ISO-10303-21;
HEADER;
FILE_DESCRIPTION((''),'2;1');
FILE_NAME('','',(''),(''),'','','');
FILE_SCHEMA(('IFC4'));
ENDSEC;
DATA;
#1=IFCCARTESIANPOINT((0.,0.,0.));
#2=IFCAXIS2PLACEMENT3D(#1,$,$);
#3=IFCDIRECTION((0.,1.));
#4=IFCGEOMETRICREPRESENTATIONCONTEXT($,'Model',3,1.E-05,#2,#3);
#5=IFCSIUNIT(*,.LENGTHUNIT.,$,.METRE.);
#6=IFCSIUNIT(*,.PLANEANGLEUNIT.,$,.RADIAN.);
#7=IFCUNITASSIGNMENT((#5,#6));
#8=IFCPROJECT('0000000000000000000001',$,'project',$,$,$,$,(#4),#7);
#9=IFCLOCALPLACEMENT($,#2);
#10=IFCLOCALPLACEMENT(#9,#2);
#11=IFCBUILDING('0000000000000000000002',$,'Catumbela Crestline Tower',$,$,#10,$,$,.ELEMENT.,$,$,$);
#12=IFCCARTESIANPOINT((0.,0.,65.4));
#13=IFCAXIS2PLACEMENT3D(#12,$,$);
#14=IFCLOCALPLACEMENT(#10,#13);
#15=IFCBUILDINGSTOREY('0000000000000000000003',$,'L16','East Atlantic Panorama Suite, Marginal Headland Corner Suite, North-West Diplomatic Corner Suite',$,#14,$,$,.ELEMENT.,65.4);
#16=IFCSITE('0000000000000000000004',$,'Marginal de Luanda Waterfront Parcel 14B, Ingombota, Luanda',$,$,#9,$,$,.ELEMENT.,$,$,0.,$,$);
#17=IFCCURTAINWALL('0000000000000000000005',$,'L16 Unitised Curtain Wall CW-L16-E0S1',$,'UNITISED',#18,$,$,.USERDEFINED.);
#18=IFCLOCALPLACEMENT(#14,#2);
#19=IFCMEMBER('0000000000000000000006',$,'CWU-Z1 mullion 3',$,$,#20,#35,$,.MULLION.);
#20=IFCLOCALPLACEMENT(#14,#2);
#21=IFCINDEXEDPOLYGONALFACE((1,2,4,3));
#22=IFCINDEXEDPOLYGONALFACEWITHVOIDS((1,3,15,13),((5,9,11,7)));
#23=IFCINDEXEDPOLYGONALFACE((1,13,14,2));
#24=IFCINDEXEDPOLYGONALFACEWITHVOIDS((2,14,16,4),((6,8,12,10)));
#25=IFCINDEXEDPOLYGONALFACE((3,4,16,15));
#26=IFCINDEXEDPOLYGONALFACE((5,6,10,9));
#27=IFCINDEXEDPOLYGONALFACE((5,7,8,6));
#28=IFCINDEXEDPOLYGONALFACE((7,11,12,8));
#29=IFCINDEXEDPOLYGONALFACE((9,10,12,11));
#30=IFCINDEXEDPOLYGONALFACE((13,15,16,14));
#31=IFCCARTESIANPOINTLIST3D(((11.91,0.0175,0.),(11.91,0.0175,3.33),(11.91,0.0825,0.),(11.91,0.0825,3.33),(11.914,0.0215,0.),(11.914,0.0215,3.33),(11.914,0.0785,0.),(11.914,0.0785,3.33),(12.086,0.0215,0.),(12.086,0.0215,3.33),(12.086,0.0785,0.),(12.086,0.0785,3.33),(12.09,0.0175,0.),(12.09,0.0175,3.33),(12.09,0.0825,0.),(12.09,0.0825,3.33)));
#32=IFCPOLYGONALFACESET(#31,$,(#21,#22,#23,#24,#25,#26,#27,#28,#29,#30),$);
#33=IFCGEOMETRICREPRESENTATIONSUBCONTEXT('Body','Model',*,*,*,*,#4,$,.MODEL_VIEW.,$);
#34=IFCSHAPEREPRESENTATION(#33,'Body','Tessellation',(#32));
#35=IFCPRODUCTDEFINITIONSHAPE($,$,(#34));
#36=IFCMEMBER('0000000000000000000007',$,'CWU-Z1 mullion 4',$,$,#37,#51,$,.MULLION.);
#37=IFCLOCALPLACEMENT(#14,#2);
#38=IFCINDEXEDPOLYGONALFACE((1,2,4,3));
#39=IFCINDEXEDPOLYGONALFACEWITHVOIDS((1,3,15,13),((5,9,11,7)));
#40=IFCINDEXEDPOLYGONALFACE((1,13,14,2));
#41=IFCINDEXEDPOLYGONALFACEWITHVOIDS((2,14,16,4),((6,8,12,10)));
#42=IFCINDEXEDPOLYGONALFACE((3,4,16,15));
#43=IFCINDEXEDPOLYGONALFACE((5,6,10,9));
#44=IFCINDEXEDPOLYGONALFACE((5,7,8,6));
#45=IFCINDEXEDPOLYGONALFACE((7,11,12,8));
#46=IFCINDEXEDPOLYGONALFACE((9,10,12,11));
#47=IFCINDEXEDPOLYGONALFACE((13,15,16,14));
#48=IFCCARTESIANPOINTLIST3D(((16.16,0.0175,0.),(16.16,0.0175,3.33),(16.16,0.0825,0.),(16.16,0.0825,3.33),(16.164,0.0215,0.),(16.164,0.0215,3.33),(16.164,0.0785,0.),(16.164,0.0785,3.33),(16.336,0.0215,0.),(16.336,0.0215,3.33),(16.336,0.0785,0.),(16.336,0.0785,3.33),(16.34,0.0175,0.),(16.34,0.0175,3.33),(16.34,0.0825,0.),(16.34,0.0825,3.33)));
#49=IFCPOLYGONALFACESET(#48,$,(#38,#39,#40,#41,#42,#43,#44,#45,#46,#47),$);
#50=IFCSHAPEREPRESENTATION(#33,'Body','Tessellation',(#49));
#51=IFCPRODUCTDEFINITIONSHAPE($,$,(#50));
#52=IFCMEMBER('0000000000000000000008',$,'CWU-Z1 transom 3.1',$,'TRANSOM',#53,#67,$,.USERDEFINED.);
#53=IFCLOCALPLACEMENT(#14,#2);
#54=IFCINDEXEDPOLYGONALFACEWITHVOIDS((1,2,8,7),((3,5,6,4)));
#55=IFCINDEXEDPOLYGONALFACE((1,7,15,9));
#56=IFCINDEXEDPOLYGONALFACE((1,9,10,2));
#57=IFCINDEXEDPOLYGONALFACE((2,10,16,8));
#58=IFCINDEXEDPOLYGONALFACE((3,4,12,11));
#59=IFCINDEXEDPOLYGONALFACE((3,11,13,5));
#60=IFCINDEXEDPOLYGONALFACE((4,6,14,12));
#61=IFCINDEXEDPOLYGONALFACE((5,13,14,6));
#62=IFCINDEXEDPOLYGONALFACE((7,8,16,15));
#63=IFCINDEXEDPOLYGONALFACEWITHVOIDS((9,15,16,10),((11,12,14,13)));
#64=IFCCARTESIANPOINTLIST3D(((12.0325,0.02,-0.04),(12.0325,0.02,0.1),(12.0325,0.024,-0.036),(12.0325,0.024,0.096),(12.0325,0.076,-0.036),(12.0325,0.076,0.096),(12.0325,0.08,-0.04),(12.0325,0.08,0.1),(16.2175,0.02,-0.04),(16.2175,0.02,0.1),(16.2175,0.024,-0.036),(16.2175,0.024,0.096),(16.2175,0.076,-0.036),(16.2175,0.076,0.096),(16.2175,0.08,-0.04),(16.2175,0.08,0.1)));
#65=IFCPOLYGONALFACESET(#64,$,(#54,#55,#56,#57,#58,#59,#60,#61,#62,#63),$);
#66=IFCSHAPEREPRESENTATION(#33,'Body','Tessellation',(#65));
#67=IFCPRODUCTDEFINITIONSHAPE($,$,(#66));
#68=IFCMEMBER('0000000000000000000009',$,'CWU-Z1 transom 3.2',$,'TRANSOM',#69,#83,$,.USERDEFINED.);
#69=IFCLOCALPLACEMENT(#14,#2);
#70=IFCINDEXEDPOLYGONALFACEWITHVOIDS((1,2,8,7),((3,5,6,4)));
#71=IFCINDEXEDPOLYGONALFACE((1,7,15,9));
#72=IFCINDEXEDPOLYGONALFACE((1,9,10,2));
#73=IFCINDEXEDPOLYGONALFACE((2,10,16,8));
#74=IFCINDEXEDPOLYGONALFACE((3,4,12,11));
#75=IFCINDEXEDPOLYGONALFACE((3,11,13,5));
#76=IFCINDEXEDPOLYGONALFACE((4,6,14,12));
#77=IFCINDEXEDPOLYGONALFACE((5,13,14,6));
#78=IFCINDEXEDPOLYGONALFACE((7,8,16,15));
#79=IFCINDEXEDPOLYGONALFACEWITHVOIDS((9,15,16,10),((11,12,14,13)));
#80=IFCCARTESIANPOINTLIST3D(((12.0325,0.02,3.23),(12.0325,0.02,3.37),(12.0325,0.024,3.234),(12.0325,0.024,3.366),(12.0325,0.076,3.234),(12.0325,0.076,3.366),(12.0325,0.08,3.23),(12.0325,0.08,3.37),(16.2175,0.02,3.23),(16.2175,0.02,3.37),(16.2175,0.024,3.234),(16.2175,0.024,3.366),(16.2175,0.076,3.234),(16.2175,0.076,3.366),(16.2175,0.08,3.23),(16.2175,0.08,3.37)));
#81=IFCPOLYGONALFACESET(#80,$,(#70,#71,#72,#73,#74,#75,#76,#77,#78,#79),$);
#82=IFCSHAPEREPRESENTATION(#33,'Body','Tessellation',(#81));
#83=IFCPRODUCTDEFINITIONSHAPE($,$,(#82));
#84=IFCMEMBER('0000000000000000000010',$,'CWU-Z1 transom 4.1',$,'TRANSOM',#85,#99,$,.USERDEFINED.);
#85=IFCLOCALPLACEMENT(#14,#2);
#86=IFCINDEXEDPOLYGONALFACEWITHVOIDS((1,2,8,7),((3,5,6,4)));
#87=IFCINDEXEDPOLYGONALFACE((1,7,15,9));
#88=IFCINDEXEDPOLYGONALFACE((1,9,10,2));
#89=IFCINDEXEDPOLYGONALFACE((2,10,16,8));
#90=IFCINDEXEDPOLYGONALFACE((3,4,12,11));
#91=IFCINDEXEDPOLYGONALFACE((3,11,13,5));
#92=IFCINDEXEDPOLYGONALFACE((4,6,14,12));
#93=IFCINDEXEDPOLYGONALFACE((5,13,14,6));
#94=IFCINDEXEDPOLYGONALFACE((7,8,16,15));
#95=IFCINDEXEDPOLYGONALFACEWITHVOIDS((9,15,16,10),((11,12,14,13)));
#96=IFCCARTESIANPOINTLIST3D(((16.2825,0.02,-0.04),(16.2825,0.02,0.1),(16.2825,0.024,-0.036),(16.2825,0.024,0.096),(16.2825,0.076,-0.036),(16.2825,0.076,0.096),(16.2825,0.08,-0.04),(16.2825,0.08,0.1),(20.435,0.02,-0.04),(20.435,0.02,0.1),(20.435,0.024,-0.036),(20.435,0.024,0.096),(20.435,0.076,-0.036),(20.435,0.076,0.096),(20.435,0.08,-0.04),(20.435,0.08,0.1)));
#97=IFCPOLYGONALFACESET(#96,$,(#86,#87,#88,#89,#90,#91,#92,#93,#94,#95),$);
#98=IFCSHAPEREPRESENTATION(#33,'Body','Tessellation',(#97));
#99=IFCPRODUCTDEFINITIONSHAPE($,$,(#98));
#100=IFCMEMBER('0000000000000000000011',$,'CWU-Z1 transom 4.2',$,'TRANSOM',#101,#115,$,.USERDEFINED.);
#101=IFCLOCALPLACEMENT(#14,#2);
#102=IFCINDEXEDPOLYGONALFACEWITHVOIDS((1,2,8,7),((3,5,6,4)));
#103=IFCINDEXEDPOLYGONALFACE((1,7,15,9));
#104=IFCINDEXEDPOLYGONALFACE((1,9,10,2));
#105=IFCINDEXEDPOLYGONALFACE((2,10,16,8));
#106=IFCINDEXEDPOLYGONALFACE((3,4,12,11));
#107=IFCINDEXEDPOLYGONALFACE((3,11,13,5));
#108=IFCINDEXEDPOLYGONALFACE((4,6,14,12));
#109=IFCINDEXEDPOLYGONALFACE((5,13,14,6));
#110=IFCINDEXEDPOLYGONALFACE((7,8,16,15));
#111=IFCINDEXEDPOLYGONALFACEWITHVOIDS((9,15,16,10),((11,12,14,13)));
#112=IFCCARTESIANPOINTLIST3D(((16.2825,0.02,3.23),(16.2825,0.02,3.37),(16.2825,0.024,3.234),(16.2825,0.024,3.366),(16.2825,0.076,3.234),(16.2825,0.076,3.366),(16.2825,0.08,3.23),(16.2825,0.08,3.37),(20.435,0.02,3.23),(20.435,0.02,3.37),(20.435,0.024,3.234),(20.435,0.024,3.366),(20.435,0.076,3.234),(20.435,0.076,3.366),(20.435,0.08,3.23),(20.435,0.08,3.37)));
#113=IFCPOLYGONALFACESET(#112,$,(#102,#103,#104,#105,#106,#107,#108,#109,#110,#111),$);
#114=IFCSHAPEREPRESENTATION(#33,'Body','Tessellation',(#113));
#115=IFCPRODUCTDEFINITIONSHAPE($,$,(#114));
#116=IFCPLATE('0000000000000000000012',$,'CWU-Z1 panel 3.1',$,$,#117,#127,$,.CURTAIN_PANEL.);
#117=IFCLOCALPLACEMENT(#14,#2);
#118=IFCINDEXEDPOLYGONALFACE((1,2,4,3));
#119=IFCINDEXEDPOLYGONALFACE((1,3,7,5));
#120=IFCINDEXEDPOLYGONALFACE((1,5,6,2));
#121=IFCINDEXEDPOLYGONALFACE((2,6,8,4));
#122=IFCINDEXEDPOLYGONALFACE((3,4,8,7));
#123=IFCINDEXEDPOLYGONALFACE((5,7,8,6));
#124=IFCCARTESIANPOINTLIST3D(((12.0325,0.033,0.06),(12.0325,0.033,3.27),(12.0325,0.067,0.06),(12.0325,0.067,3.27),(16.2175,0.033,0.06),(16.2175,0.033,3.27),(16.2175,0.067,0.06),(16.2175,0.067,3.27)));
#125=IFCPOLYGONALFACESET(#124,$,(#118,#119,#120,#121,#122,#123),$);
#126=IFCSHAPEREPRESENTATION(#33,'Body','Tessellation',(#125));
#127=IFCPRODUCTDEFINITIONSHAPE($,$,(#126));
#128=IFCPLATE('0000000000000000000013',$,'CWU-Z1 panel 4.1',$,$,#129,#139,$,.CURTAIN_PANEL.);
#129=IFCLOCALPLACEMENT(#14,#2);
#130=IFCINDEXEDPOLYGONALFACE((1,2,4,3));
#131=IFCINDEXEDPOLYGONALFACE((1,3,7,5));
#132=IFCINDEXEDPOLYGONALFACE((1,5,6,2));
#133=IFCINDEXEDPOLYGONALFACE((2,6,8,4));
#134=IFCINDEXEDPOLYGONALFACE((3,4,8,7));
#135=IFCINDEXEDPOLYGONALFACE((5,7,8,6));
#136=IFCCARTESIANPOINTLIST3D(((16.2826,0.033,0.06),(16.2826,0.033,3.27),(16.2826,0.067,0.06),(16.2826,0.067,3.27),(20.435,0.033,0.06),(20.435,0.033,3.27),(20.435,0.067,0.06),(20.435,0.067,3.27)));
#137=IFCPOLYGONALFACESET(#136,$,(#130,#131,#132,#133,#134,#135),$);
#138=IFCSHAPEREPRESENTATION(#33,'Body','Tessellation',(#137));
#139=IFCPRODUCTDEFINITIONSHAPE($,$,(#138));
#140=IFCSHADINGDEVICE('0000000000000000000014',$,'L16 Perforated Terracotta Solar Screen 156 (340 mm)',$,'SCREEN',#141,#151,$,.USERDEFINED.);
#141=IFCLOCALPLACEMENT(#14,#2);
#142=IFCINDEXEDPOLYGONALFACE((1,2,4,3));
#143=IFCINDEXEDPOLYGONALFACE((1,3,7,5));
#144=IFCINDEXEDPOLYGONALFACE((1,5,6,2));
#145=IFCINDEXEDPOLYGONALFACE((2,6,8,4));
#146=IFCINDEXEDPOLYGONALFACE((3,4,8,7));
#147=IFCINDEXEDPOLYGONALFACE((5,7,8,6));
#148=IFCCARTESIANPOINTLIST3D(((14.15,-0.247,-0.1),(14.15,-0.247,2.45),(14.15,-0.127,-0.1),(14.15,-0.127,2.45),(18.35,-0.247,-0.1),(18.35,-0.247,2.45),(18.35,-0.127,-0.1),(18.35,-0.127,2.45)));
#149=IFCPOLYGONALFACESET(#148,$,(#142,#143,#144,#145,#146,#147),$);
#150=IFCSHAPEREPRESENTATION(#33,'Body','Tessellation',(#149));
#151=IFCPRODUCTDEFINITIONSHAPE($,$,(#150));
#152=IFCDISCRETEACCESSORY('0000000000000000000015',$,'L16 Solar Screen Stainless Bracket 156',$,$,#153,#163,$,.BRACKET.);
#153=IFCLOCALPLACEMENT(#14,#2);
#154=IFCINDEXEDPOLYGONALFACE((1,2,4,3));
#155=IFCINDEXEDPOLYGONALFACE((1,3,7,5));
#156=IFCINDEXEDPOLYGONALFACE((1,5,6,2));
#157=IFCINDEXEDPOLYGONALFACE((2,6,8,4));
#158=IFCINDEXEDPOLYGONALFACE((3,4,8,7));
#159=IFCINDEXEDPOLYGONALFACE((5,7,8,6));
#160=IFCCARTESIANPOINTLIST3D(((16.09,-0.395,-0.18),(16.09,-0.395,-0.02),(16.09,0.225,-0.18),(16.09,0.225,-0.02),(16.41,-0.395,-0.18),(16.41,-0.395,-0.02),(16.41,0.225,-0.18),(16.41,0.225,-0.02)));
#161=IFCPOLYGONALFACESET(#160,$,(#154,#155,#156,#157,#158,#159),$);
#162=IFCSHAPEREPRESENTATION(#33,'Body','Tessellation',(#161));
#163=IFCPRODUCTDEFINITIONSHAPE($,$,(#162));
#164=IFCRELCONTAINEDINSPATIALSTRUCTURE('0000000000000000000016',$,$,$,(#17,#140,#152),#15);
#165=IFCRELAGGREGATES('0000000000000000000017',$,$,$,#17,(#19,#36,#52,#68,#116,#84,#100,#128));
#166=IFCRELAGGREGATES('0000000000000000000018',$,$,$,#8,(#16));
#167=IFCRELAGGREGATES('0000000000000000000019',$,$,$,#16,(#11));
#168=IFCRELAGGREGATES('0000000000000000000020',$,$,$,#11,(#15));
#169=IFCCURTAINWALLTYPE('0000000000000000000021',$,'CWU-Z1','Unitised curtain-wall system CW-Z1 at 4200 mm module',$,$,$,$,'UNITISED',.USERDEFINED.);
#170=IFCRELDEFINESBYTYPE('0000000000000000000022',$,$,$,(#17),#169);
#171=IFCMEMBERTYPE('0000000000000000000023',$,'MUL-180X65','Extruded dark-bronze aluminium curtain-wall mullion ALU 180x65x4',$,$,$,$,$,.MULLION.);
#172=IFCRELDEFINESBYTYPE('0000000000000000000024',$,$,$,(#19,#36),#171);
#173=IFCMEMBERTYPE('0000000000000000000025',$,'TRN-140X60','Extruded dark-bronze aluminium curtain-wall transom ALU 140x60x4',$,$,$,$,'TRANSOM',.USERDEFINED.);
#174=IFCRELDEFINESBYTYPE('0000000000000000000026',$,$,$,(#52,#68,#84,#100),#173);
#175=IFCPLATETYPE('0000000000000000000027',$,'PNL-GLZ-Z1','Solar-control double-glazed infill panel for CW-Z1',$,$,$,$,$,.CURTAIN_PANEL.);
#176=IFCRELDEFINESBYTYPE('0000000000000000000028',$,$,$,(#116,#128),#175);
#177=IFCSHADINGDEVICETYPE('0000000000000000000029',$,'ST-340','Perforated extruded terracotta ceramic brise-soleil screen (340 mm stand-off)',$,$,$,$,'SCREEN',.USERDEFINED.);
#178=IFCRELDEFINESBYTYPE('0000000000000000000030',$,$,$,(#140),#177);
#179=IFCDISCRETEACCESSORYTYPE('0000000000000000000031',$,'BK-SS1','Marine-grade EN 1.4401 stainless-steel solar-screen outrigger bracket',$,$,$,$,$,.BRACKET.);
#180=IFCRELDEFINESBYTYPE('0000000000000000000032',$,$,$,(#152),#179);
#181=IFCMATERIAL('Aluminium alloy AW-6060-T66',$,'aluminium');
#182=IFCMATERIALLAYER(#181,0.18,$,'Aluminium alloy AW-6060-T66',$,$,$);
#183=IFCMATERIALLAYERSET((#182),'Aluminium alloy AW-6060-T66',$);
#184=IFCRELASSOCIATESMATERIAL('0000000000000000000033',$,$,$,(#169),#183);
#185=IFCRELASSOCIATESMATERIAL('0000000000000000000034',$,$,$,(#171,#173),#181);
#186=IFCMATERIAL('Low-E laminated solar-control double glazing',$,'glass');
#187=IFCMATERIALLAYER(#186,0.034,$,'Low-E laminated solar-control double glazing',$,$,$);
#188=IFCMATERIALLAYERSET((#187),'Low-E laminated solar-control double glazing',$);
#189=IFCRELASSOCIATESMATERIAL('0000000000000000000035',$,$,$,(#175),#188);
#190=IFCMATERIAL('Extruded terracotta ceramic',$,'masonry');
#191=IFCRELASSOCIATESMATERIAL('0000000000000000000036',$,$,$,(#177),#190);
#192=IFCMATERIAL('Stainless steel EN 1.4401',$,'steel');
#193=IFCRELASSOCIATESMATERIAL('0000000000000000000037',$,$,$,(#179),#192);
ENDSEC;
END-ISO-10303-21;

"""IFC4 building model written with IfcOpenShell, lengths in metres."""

from ifc_helpers import new_model, si_unit, direction, frame, origin, origin_2d, place, context, subcontext, project, spatial, rectangle, hollow_rectangle, extrude, material, layer, layer_set, material_profile, profile_set, type_object, element, aggregate, save


model = new_model("IFC4")

# Units and contexts
model_context = context("Model", 3, precision=1e-05, world=origin(), true_north=direction((0.0, 1.0)))
body_context = subcontext(model_context, "Body", "Model", "MODEL_VIEW")
ifc_project = project(units=[si_unit("LENGTHUNIT", "METRE"), si_unit("PLANEANGLEUNIT", "RADIAN")], contexts=[model_context])

# Site, building, storey
site_placement = place(None, origin())
site = spatial("IfcSite", under=ifc_project, at=site_placement, Name="Marginal de Luanda Waterfront Parcel 14B, Ingombota, Luanda", CompositionType="ELEMENT", RefElevation=0.0)
building_placement = place(site_placement, origin())
building = spatial("IfcBuilding", under=site, at=building_placement, Name="Catumbela Crestline Tower", CompositionType="ELEMENT")
storey_placement = place(building_placement, frame((0.0, 0.0, 65.4)))
storey = spatial("IfcBuildingStorey", under=building, at=storey_placement, Name="L16", Description="East Atlantic Panorama Suite, Marginal Headland Corner Suite, North-West Diplomatic Corner Suite", CompositionType="ELEMENT", Elevation=65.4)

# Curtain wall, members, plates
ifc_material_1 = material(Name="Aluminium alloy AW-6060-T66", Category="aluminium")
ifc_layer_1 = layer(ifc_material_1, 0.18, Name="Aluminium alloy AW-6060-T66")
ifc_layer_set_1 = layer_set([ifc_layer_1], Name="Aluminium alloy AW-6060-T66")
curtain_wall_type = type_object("IfcCurtainWallType", Name="CWU-Z1", Description="Unitised curtain-wall system CW-Z1 at 4200 mm module", ElementType="UNITISED", PredefinedType="USERDEFINED", material=ifc_layer_set_1)
curtain_wall_placement = place(storey_placement, origin())
curtain_wall = element("IfcCurtainWall", 1, at=curtain_wall_placement, inside=storey, type_object=curtain_wall_type, Name="L16 Unitised Curtain Wall CW-L16-E0S1", ObjectType="UNITISED", PredefinedType="USERDEFINED")
ifc_material_profile_1 = material_profile(ifc_material_1, hollow_rectangle(XDim=0.065, YDim=0.18, WallThickness=0.004, at=origin_2d()), Name="ALU 180x65x4")
ifc_profile_set_1 = profile_set([ifc_material_profile_1], Name="Aluminium alloy AW-6060-T66")
member_type_1 = type_object("IfcMemberType", Name="MUL-180X65", Description="Extruded dark-bronze aluminium curtain-wall mullion ALU 180x65x4", PredefinedType="MULLION", material=ifc_profile_set_1)
member_1_placement = place(storey_placement, frame((12.0, 0.05, 0.0), z_axis=(0.0, 0.0, 1.0), x_axis=(0.0, 1.0, 0.0)))
member_1 = element("IfcMember", 2, at=member_1_placement, type_object=member_type_1, Name="CWU-Z1 mullion 3", PredefinedType="MULLION", context=body_context, shape_type="SweptSolid", body=[
    extrude(hollow_rectangle(XDim=0.065, YDim=0.18, WallThickness=0.004, at=origin_2d()), origin(), (0.0, 0.0, 1.0), 3.33),
])
member_2_placement = place(storey_placement, frame((16.25, 0.05, 0.0), z_axis=(0.0, 0.0, 1.0), x_axis=(0.0, 1.0, 0.0)))
member_2 = element("IfcMember", 3, at=member_2_placement, type_object=member_type_1, Name="CWU-Z1 mullion 4", PredefinedType="MULLION", context=body_context, shape_type="SweptSolid", body=[
    extrude(hollow_rectangle(XDim=0.065, YDim=0.18, WallThickness=0.004, at=origin_2d()), origin(), (0.0, 0.0, 1.0), 3.33),
])
ifc_material_profile_2 = material_profile(ifc_material_1, hollow_rectangle(XDim=0.06, YDim=0.14, WallThickness=0.004, at=origin_2d()), Name="ALU 140x60x4")
ifc_profile_set_2 = profile_set([ifc_material_profile_2], Name="Aluminium alloy AW-6060-T66")
member_type_2 = type_object("IfcMemberType", Name="TRN-140X60", Description="Extruded dark-bronze aluminium curtain-wall transom ALU 140x60x4", ElementType="TRANSOM", PredefinedType="USERDEFINED", material=ifc_profile_set_2)
member_3_placement = place(storey_placement, frame((12.0325, 0.05, 0.03), z_axis=(1.0, 0.0, 0.0), x_axis=(0.0, 1.0, 0.0)))
member_3 = element("IfcMember", 4, at=member_3_placement, type_object=member_type_2, Name="CWU-Z1 transom 3.1", ObjectType="TRANSOM", PredefinedType="USERDEFINED", context=body_context, shape_type="SweptSolid", body=[
    extrude(hollow_rectangle(XDim=0.06, YDim=0.14, WallThickness=0.004, at=origin_2d()), origin(), (0.0, 0.0, 1.0), 4.185),
])
member_4_placement = place(storey_placement, frame((12.0325, 0.05, 3.3), z_axis=(1.0, 0.0, 0.0), x_axis=(0.0, 1.0, 0.0)))
member_4 = element("IfcMember", 5, at=member_4_placement, type_object=member_type_2, Name="CWU-Z1 transom 3.2", ObjectType="TRANSOM", PredefinedType="USERDEFINED", context=body_context, shape_type="SweptSolid", body=[
    extrude(hollow_rectangle(XDim=0.06, YDim=0.14, WallThickness=0.004, at=origin_2d()), origin(), (0.0, 0.0, 1.0), 4.185),
])
member_5_placement = place(storey_placement, frame((16.2825, 0.05, 0.03), z_axis=(1.0, 0.0, 0.0), x_axis=(0.0, 1.0, 0.0)))
member_5 = element("IfcMember", 6, at=member_5_placement, type_object=member_type_2, Name="CWU-Z1 transom 4.1", ObjectType="TRANSOM", PredefinedType="USERDEFINED", context=body_context, shape_type="SweptSolid", body=[
    extrude(hollow_rectangle(XDim=0.06, YDim=0.14, WallThickness=0.004, at=origin_2d()), origin(), (0.0, 0.0, 1.0), 4.1525),
])
member_6_placement = place(storey_placement, frame((16.2825, 0.05, 3.3), z_axis=(1.0, 0.0, 0.0), x_axis=(0.0, 1.0, 0.0)))
member_6 = element("IfcMember", 7, at=member_6_placement, type_object=member_type_2, Name="CWU-Z1 transom 4.2", ObjectType="TRANSOM", PredefinedType="USERDEFINED", context=body_context, shape_type="SweptSolid", body=[
    extrude(hollow_rectangle(XDim=0.06, YDim=0.14, WallThickness=0.004, at=origin_2d()), origin(), (0.0, 0.0, 1.0), 4.1525),
])
ifc_material_2 = material(Name="Low-E laminated solar-control double glazing", Category="glass")
ifc_layer_2 = layer(ifc_material_2, 0.034, Name="Low-E laminated solar-control double glazing")
ifc_layer_set_2 = layer_set([ifc_layer_2], Name="Low-E laminated solar-control double glazing")
plate_type = type_object("IfcPlateType", Name="PNL-GLZ-Z1", Description="Solar-control double-glazed infill panel for CW-Z1", PredefinedType="CURTAIN_PANEL", material=ifc_layer_set_2)
plate_1_placement = place(storey_placement, frame((14.125, 0.05, 0.06), z_axis=(0.0, 0.0, 1.0), x_axis=(1.0, 0.0, 0.0)))
plate_1 = element("IfcPlate", 8, at=plate_1_placement, type_object=plate_type, Name="CWU-Z1 panel 3.1", PredefinedType="CURTAIN_PANEL", context=body_context, shape_type="SweptSolid", body=[
    extrude(rectangle(XDim=4.185, YDim=0.034, at=origin_2d()), origin(), (0.0, 0.0, 1.0), 3.21),
])
plate_2_placement = place(storey_placement, frame((18.3588, 0.05, 0.06), z_axis=(0.0, 0.0, 1.0), x_axis=(1.0, 0.0, 0.0)))
plate_2 = element("IfcPlate", 9, at=plate_2_placement, type_object=plate_type, Name="CWU-Z1 panel 4.1", PredefinedType="CURTAIN_PANEL", context=body_context, shape_type="SweptSolid", body=[
    extrude(rectangle(XDim=4.1525, YDim=0.034, at=origin_2d()), origin(), (0.0, 0.0, 1.0), 3.21),
])
aggregate(curtain_wall, [member_1, member_2, member_3, member_4, plate_1, member_5, member_6, plate_2])

# Shading device
ifc_material_3 = material(Name="Extruded terracotta ceramic", Category="masonry")
shading_device_type = type_object("IfcShadingDeviceType", Name="ST-340", Description="Perforated extruded terracotta ceramic brise-soleil screen (340 mm stand-off)", ElementType="SCREEN", PredefinedType="USERDEFINED", material=ifc_material_3)
shading_device_placement = place(storey_placement, frame((16.25, -0.187, -0.1), z_axis=(0.0, 0.0, 1.0), x_axis=(1.0, 0.0, 0.0)))
element("IfcShadingDevice", 10, at=shading_device_placement, inside=storey, type_object=shading_device_type, Name="L16 Perforated Terracotta Solar Screen 156 (340 mm)", ObjectType="SCREEN", PredefinedType="USERDEFINED", context=body_context, shape_type="SweptSolid", body=[
    extrude(rectangle(XDim=4.2, YDim=0.12, at=origin_2d()), origin(), (0.0, 0.0, 1.0), 2.55),
])

# Discrete accessory
ifc_material_4 = material(Name="Stainless steel EN 1.4401", Category="steel")
discrete_accessory_type = type_object("IfcDiscreteAccessoryType", Name="BK-SS1", Description="Marine-grade EN 1.4401 stainless-steel solar-screen outrigger bracket", PredefinedType="BRACKET", material=ifc_material_4)
discrete_accessory_placement = place(storey_placement, frame((16.25, -0.085, -0.18), z_axis=(0.0, 0.0, 1.0), x_axis=(1.0, 0.0, 0.0)))
element("IfcDiscreteAccessory", 11, at=discrete_accessory_placement, inside=storey, type_object=discrete_accessory_type, Name="L16 Solar Screen Stainless Bracket 156", PredefinedType="BRACKET", context=body_context, shape_type="SweptSolid", body=[
    extrude(rectangle(XDim=0.32, YDim=0.62, at=origin_2d()), origin(), (0.0, 0.0, 1.0), 0.16),
])

save(model, "model.ifc")
